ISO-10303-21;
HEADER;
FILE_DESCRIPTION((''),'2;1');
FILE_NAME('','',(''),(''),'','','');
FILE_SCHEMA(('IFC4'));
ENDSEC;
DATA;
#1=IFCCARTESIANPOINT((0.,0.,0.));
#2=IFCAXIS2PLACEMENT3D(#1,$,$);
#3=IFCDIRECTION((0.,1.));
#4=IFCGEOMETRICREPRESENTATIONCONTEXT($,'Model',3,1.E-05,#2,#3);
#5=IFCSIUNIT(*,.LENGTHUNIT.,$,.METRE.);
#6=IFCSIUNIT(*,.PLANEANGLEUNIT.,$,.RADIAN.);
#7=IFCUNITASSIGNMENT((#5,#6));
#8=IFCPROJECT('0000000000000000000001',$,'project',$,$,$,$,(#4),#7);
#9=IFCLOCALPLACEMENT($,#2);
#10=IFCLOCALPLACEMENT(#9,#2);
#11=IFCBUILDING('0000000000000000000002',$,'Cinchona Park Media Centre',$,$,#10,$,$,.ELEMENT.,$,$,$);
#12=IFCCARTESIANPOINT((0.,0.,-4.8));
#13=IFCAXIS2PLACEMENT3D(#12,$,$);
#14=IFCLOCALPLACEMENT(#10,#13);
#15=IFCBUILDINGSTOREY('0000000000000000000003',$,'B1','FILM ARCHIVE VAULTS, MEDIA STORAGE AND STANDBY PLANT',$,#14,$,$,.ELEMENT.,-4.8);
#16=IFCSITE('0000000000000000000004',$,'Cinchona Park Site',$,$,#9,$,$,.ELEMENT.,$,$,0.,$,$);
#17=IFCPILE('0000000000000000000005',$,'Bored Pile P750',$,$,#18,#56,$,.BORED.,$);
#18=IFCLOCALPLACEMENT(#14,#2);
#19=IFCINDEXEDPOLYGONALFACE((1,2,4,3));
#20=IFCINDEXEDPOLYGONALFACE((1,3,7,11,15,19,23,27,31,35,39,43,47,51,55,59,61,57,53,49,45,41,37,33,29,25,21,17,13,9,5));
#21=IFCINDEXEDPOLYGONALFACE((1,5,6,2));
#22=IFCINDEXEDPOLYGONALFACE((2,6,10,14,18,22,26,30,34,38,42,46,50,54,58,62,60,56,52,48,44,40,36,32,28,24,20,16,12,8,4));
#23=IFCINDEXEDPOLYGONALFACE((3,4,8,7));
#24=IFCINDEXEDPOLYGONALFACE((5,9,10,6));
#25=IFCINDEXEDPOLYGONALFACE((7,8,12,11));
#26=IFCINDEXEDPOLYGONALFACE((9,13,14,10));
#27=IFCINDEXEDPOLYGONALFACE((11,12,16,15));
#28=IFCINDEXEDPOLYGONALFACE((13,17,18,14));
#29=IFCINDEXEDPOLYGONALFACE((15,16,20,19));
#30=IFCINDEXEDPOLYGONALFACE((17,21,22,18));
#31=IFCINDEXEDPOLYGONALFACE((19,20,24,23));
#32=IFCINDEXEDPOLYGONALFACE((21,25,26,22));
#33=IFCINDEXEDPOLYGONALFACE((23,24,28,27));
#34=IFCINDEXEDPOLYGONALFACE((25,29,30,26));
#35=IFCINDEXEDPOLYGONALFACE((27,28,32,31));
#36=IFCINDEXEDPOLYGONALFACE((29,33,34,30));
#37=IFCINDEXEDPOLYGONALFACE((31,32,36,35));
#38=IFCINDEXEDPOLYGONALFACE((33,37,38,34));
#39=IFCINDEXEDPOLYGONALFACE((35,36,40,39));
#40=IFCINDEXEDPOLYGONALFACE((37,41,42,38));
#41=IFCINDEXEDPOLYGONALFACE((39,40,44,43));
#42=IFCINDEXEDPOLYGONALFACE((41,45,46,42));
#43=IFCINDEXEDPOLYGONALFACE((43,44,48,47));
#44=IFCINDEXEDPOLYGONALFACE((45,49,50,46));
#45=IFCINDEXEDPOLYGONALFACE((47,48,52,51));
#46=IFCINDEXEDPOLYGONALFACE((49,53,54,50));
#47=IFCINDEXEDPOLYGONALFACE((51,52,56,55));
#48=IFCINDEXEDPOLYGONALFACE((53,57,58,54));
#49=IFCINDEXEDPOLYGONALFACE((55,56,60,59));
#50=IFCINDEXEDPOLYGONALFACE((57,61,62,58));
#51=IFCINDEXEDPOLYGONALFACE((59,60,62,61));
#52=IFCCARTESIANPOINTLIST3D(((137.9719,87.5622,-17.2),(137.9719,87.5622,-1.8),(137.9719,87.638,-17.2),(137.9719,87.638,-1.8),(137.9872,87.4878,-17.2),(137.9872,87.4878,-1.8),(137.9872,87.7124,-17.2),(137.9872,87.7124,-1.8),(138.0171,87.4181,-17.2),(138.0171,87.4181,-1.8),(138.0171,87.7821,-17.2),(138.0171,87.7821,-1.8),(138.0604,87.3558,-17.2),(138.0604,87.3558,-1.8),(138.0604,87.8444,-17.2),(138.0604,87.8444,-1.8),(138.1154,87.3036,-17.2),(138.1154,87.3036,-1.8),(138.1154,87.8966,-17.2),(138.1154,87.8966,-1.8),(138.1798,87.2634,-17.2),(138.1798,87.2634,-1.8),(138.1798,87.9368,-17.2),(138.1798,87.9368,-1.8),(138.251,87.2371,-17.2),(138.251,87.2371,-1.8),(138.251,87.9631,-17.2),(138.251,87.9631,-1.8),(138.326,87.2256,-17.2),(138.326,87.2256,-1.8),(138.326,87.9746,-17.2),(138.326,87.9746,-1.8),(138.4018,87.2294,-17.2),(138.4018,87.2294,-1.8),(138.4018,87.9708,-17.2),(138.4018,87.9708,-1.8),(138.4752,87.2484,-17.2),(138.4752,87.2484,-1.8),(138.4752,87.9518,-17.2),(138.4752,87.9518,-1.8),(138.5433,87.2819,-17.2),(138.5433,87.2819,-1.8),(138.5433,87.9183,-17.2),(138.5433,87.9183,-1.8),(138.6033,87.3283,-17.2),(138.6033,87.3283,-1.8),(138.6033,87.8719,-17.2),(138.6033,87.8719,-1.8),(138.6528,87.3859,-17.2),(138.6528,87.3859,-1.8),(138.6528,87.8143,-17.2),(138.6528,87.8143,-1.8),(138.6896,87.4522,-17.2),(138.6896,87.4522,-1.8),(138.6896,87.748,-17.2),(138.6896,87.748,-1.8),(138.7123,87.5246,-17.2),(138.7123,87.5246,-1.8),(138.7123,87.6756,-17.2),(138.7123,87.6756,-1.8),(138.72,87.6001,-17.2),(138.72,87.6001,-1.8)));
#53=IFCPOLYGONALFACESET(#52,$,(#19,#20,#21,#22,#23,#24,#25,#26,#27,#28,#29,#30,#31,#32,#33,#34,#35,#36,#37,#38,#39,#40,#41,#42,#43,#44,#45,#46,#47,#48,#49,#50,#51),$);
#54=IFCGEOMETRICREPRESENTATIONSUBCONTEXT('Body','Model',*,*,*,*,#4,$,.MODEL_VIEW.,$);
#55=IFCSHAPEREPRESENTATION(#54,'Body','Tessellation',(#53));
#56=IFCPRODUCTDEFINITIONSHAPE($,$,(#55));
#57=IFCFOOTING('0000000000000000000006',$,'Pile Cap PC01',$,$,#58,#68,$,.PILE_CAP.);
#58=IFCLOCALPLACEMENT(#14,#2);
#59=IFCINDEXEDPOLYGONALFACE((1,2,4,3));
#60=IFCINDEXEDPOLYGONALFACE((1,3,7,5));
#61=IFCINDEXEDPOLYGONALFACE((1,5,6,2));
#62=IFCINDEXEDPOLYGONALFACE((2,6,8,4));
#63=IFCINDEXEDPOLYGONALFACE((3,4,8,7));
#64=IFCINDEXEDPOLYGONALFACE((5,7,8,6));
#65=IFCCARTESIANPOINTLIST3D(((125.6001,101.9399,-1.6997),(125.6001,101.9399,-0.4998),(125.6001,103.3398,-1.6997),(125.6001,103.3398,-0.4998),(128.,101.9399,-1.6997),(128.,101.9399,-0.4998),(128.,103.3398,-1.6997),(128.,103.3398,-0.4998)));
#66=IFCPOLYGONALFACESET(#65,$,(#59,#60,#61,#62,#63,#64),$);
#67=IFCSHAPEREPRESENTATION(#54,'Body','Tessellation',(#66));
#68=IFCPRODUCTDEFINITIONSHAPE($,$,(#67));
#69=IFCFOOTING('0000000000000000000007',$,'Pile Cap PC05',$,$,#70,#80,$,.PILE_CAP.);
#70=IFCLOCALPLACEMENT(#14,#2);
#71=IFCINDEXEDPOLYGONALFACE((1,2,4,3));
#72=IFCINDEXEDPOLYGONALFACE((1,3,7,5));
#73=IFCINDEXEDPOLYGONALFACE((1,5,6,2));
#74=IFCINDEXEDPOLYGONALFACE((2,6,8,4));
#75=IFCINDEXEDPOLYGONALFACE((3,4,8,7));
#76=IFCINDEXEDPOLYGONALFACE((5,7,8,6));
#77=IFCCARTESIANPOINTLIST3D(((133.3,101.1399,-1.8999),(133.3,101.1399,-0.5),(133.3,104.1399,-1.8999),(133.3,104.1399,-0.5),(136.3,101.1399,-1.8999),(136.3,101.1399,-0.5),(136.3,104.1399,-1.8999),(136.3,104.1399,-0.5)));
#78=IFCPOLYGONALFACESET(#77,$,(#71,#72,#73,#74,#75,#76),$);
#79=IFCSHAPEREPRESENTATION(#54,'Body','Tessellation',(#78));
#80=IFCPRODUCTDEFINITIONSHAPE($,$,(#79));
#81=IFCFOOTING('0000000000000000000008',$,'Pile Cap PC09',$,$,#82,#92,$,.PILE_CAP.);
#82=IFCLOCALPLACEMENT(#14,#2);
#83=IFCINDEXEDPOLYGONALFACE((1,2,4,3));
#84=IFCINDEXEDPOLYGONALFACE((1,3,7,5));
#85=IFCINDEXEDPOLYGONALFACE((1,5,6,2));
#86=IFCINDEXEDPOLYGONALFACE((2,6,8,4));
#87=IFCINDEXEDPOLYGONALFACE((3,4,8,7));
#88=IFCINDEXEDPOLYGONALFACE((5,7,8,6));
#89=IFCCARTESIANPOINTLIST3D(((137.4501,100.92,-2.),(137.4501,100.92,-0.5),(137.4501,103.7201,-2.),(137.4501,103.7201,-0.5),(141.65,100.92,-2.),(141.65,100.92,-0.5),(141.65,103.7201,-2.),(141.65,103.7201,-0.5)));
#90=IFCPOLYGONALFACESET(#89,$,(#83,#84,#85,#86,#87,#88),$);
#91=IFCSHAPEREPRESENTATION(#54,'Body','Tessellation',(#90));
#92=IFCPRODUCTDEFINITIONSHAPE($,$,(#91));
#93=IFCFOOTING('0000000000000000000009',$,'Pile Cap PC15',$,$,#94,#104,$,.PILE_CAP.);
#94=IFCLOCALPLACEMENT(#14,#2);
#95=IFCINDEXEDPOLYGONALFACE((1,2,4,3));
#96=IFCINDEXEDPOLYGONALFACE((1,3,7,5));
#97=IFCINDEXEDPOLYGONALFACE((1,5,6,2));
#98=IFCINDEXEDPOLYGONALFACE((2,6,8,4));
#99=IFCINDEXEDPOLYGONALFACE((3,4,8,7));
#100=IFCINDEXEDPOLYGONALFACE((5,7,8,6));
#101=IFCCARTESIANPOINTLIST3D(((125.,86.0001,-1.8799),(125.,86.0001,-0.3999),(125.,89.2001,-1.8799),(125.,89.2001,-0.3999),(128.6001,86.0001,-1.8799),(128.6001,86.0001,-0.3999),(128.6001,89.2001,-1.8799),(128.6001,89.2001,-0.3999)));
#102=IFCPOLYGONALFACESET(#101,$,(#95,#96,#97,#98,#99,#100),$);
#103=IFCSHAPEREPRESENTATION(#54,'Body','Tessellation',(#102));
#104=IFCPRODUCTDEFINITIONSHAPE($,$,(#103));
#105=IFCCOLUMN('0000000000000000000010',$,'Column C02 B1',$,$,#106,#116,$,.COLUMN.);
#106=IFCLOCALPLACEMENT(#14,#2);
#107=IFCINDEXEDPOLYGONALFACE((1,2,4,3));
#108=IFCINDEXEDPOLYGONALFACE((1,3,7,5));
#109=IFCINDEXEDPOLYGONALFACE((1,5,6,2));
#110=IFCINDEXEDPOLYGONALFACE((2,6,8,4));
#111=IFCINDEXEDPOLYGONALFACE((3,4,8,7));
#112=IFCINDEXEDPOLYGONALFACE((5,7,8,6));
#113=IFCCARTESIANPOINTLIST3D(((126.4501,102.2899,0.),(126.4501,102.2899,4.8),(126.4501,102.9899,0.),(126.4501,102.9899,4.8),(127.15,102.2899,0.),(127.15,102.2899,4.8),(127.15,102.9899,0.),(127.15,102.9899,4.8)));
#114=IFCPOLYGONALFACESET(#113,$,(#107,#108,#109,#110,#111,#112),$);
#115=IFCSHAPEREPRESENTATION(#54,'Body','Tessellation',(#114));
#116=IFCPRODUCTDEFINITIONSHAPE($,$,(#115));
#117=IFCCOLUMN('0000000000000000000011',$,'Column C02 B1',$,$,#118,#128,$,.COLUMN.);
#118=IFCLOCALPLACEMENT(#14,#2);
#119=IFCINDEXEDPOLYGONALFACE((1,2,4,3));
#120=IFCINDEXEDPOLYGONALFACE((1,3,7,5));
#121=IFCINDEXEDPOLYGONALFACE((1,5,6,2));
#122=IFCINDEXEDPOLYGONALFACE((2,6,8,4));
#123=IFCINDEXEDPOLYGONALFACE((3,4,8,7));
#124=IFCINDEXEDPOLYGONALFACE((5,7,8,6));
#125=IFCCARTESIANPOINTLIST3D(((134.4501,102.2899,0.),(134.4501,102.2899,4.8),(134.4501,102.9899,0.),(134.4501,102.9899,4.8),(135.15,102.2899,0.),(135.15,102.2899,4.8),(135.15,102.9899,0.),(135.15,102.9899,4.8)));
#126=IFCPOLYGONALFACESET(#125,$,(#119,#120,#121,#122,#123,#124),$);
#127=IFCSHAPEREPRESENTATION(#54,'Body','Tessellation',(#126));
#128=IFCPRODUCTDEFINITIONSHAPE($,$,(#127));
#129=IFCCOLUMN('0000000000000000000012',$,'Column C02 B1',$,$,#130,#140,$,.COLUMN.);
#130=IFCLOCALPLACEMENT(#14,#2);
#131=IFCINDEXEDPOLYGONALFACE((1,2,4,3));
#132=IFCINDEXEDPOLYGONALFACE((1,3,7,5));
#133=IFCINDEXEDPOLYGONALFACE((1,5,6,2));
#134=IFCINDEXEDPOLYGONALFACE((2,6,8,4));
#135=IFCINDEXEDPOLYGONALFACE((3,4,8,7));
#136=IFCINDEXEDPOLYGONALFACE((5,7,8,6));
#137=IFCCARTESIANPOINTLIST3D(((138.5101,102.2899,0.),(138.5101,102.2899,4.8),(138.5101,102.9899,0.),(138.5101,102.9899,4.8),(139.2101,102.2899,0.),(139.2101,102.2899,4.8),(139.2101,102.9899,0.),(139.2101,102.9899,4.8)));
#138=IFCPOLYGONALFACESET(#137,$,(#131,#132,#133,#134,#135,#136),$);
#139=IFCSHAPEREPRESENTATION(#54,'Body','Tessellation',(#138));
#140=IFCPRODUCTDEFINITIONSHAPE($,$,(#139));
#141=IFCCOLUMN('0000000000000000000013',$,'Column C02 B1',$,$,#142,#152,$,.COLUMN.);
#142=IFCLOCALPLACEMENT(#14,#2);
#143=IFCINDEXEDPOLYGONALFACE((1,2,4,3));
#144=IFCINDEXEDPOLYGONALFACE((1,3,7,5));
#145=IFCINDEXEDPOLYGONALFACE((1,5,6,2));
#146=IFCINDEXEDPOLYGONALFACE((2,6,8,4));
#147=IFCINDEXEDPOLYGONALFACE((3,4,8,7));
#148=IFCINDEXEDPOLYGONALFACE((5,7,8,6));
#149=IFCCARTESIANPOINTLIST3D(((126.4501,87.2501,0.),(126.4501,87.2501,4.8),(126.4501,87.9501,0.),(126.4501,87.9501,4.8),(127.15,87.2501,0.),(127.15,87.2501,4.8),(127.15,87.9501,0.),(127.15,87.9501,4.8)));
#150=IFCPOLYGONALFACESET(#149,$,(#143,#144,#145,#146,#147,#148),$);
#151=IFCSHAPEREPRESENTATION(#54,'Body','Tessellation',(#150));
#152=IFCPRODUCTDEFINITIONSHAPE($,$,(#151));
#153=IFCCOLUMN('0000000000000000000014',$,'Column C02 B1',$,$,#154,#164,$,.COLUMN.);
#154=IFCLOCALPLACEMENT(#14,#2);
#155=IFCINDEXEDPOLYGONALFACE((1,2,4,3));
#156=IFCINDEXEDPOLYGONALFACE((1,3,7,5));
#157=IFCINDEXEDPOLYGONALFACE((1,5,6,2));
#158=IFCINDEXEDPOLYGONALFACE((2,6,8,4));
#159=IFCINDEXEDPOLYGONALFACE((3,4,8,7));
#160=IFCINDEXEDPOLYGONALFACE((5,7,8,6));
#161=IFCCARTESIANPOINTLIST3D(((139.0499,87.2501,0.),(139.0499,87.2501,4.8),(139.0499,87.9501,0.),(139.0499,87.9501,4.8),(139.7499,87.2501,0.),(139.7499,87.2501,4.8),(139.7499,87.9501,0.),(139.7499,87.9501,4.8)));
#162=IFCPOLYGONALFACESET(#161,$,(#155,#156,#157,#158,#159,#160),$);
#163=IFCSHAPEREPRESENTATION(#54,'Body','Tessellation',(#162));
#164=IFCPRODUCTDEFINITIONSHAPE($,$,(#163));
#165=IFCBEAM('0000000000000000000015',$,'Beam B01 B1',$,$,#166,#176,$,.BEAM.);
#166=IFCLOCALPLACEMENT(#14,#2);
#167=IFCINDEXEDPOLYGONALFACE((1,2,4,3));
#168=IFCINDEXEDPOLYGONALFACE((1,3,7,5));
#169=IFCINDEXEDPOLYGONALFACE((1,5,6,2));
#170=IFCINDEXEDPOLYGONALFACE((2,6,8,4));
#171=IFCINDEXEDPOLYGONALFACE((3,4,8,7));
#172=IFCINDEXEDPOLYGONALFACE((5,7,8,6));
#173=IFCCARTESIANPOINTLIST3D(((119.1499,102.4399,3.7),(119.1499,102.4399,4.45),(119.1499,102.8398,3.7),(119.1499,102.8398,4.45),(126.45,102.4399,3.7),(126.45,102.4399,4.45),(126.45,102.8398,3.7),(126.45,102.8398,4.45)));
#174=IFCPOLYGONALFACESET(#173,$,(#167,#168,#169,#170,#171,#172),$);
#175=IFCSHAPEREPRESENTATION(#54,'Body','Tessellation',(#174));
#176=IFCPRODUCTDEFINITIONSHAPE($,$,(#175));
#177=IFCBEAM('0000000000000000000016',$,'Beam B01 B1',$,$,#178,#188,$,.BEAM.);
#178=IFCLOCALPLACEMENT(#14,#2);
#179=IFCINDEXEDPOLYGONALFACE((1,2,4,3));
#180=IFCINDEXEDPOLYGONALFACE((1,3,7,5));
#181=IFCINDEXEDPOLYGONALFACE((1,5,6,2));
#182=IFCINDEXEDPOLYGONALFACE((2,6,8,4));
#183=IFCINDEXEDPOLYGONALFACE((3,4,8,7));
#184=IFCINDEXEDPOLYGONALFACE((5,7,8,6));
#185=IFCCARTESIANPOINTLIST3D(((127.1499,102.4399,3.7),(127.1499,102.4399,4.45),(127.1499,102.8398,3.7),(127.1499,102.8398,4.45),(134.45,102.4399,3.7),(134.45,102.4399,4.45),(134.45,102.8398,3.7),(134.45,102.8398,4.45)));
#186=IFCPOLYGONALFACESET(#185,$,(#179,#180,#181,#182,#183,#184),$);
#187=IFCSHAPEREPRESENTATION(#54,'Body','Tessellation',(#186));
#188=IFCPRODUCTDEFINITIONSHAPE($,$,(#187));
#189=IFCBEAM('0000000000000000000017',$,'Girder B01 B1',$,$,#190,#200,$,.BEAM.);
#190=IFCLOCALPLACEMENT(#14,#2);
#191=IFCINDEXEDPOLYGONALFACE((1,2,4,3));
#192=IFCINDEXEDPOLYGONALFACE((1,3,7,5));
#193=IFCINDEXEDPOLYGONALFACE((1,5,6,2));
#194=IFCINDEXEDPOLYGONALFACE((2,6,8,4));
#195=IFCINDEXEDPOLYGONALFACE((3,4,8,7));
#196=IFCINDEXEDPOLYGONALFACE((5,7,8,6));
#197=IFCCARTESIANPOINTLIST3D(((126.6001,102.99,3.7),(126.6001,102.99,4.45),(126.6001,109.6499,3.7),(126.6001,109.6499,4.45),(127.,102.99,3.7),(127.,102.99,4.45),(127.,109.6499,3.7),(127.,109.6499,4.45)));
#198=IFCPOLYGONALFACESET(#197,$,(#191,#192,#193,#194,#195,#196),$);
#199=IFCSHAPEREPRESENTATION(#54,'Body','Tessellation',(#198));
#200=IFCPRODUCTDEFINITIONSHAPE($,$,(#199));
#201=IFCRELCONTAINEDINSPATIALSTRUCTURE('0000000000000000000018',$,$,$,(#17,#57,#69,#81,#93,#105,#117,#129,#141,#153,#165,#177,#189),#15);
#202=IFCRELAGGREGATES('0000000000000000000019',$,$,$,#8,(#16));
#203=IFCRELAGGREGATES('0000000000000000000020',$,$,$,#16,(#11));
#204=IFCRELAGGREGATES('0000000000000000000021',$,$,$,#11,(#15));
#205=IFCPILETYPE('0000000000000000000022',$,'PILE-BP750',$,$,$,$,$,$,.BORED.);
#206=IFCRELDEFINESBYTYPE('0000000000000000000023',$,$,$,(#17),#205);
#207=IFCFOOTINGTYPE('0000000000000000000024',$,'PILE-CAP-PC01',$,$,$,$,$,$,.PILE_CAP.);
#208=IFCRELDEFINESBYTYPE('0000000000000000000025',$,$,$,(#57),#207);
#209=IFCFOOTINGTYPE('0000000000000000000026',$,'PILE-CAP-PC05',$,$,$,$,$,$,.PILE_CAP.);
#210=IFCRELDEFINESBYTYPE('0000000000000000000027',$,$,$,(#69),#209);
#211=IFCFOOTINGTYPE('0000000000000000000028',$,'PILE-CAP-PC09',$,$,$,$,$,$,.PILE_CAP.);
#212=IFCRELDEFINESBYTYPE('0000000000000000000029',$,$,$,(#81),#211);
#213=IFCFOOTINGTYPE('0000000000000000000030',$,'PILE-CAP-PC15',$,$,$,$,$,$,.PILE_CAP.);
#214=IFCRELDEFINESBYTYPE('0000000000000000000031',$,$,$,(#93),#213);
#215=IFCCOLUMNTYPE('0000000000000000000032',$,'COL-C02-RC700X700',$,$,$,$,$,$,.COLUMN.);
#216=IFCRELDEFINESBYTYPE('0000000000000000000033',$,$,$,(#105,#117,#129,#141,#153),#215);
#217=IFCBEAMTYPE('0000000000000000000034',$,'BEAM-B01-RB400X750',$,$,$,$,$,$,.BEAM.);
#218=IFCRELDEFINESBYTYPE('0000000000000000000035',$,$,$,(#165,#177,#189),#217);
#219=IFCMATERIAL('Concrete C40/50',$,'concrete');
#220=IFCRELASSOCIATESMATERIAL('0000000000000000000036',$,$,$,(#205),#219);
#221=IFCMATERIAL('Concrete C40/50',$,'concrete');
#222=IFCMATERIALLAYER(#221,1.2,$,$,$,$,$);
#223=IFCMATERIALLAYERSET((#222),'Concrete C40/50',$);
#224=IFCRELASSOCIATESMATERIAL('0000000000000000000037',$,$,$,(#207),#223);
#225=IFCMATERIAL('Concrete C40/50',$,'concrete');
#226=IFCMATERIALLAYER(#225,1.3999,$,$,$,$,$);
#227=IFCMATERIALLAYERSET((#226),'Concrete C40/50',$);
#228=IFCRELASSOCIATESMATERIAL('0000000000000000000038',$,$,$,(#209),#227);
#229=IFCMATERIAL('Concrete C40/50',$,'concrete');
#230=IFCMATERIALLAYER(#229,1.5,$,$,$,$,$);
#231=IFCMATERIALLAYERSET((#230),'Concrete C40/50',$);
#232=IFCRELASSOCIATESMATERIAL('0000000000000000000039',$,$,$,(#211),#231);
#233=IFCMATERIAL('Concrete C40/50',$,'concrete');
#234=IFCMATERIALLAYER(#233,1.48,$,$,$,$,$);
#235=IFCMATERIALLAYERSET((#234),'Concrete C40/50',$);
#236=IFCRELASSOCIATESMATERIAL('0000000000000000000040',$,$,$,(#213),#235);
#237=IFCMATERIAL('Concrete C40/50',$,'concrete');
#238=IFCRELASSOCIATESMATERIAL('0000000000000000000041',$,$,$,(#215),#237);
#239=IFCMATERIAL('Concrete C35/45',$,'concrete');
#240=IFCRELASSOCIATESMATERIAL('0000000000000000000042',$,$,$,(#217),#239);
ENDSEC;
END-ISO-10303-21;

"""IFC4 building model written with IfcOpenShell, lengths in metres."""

from ifc_helpers import new_model, si_unit, direction, frame, origin, origin_2d, place, context, subcontext, project, spatial, rectangle, circle, extrude, material, layer, layer_set, material_profile, profile_set, type_object, element, save


model = new_model("IFC4")

# Units and contexts
model_context = context("Model", 3, precision=1e-05, world=origin(), true_north=direction((0.0, 1.0)))
body_context = subcontext(model_context, "Body", "Model", "MODEL_VIEW")
ifc_project = project(units=[si_unit("LENGTHUNIT", "METRE"), si_unit("PLANEANGLEUNIT", "RADIAN")], contexts=[model_context])

# Site, building, storey
site_placement = place(None, origin())
site = spatial("IfcSite", under=ifc_project, at=site_placement, Name="Cinchona Park Site", CompositionType="ELEMENT", RefElevation=0.0)
building_placement = place(site_placement, origin())
building = spatial("IfcBuilding", under=site, at=building_placement, Name="Cinchona Park Media Centre", CompositionType="ELEMENT")
storey_placement = place(building_placement, frame((0.0, 0.0, -4.8)))
storey = spatial("IfcBuildingStorey", under=building, at=storey_placement, Name="B1", Description="FILM ARCHIVE VAULTS, MEDIA STORAGE AND STANDBY PLANT", CompositionType="ELEMENT", Elevation=-4.8)

# Pile
ifc_material_1 = material(Name="Concrete C40/50", Category="concrete")
ifc_material_profile_1 = material_profile(ifc_material_1, circle(Radius=0.375, at=origin_2d()), Name="BORED PILE 750")
ifc_profile_set_1 = profile_set([ifc_material_profile_1], Name="Concrete C40/50")
pile_type_1 = type_object("IfcPileType", Name="PILE-BP750", PredefinedType="BORED", material=ifc_profile_set_1)
for number, where, z_axis, x_axis, name in (
    (1, (138.345, 87.6001, -1.8), (0.0, 0.0, -1.0), (1.0, 0.0, 0.0), "Bored Pile P750"),
):
    element("IfcPile", number, at=place(storey_placement, frame(where, z_axis=z_axis, x_axis=x_axis)), inside=storey, type_object=pile_type_1, Name=name, PredefinedType="BORED", context=body_context, shape_type="SweptSolid", body=[
        extrude(circle(Radius=0.375, at=origin_2d()), origin(), (0.0, 0.0, 1.0), 15.3999),
    ])

# Footings
ifc_material_2 = material(Name="Concrete C40/50", Category="concrete")
ifc_layer_1 = layer(ifc_material_2, 1.2)
ifc_layer_set_1 = layer_set([ifc_layer_1], Name="Concrete C40/50")
footing_type_1 = type_object("IfcFootingType", Name="PILE-CAP-PC01", PredefinedType="PILE_CAP", material=ifc_layer_set_1)
footing_1_placement = place(storey_placement, frame((126.8, 102.6399, -1.6997), z_axis=(0.0, 0.0, 1.0), x_axis=(1.0, 0.0, 0.0)))
element("IfcFooting", 2, at=footing_1_placement, inside=storey, type_object=footing_type_1, Name="Pile Cap PC01", PredefinedType="PILE_CAP", context=body_context, shape_type="SweptSolid", body=[
    extrude(rectangle(XDim=2.3999, YDim=1.3999, at=origin_2d()), origin(), (0.0, 0.0, 1.0), 1.2),
])
ifc_material_3 = material(Name="Concrete C40/50", Category="concrete")
ifc_layer_2 = layer(ifc_material_3, 1.3999)
ifc_layer_set_2 = layer_set([ifc_layer_2], Name="Concrete C40/50")
footing_type_2 = type_object("IfcFootingType", Name="PILE-CAP-PC05", PredefinedType="PILE_CAP", material=ifc_layer_set_2)
footing_2_placement = place(storey_placement, frame((134.8, 102.6399, -1.8999), z_axis=(0.0, 0.0, 1.0), x_axis=(1.0, 0.0, 0.0)))
element("IfcFooting", 3, at=footing_2_placement, inside=storey, type_object=footing_type_2, Name="Pile Cap PC05", PredefinedType="PILE_CAP", context=body_context, shape_type="SweptSolid", body=[
    extrude(rectangle(XDim=3.0, YDim=3.0, at=origin_2d()), origin(), (0.0, 0.0, 1.0), 1.3999),
])
ifc_material_4 = material(Name="Concrete C40/50", Category="concrete")
ifc_layer_3 = layer(ifc_material_4, 1.5)
ifc_layer_set_3 = layer_set([ifc_layer_3], Name="Concrete C40/50")
footing_type_3 = type_object("IfcFootingType", Name="PILE-CAP-PC09", PredefinedType="PILE_CAP", material=ifc_layer_set_3)
footing_3_placement = place(storey_placement, frame((139.55, 102.3201, -2.0), z_axis=(0.0, 0.0, 1.0), x_axis=(1.0, 0.0, 0.0)))
element("IfcFooting", 4, at=footing_3_placement, inside=storey, type_object=footing_type_3, Name="Pile Cap PC09", PredefinedType="PILE_CAP", context=body_context, shape_type="SweptSolid", body=[
    extrude(rectangle(XDim=4.2, YDim=2.8, at=origin_2d()), origin(), (0.0, 0.0, 1.0), 1.5),
])
ifc_material_5 = material(Name="Concrete C40/50", Category="concrete")
ifc_layer_4 = layer(ifc_material_5, 1.48)
ifc_layer_set_4 = layer_set([ifc_layer_4], Name="Concrete C40/50")
footing_type_4 = type_object("IfcFootingType", Name="PILE-CAP-PC15", PredefinedType="PILE_CAP", material=ifc_layer_set_4)
footing_4_placement = place(storey_placement, frame((126.8, 87.6001, -1.8799), z_axis=(0.0, 0.0, 1.0), x_axis=(1.0, 0.0, 0.0)))
element("IfcFooting", 5, at=footing_4_placement, inside=storey, type_object=footing_type_4, Name="Pile Cap PC15", PredefinedType="PILE_CAP", context=body_context, shape_type="SweptSolid", body=[
    extrude(rectangle(XDim=3.6001, YDim=3.2, at=origin_2d()), origin(), (0.0, 0.0, 1.0), 1.48),
])

# Columns
ifc_material_6 = material(Name="Concrete C40/50", Category="concrete")
ifc_material_profile_2 = material_profile(ifc_material_6, rectangle(XDim=0.7, YDim=0.7, at=origin_2d()), Name="RC 700X700")
ifc_profile_set_2 = profile_set([ifc_material_profile_2], Name="Concrete C40/50")
column_type = type_object("IfcColumnType", Name="COL-C02-RC700X700", PredefinedType="COLUMN", material=ifc_profile_set_2)
for number, where, z_axis, x_axis, name in (
    (6, (126.8, 102.6399, 0.0), (0.0, 0.0, 1.0), (1.0, 0.0, 0.0), "Column C02 B1"),
    (7, (134.8, 102.6399, 0.0), (0.0, 0.0, 1.0), (1.0, 0.0, 0.0), "Column C02 B1"),
    (8, (138.8601, 102.6399, 0.0), (0.0, 0.0, 1.0), (1.0, 0.0, 0.0), "Column C02 B1"),
    (9, (126.8, 87.6001, 0.0), (0.0, 0.0, 1.0), (1.0, 0.0, 0.0), "Column C02 B1"),
    (10, (139.3999, 87.6001, 0.0), (0.0, 0.0, 1.0), (1.0, 0.0, 0.0), "Column C02 B1"),
):
    element("IfcColumn", number, at=place(storey_placement, frame(where, z_axis=z_axis, x_axis=x_axis)), inside=storey, type_object=column_type, Name=name, PredefinedType="COLUMN", context=body_context, shape_type="SweptSolid", body=[
        extrude(rectangle(XDim=0.7, YDim=0.7, at=origin_2d()), origin(), (0.0, 0.0, 1.0), 4.8),
    ])

# Beams
ifc_material_7 = material(Name="Concrete C35/45", Category="concrete")
ifc_material_profile_3 = material_profile(ifc_material_7, rectangle(XDim=0.3999, YDim=0.75, at=origin_2d()), Name="RB 400X750")
ifc_profile_set_3 = profile_set([ifc_material_profile_3], Name="Concrete C35/45")
beam_type_1 = type_object("IfcBeamType", Name="BEAM-B01-RB400X750", PredefinedType="BEAM", material=ifc_profile_set_3)
for number, where, z_axis, x_axis, name in (
    (11, (119.1499, 102.6399, 4.075), (1.0, 0.0, 0.0), (0.0, 1.0, 0.0), "Beam B01 B1"),
    (12, (127.1499, 102.6399, 4.075), (1.0, 0.0, 0.0), (0.0, 1.0, 0.0), "Beam B01 B1"),
):
    element("IfcBeam", number, at=place(storey_placement, frame(where, z_axis=z_axis, x_axis=x_axis)), inside=storey, type_object=beam_type_1, Name=name, PredefinedType="BEAM", context=body_context, shape_type="SweptSolid", body=[
        extrude(rectangle(XDim=0.3999, YDim=0.75, at=origin_2d()), origin(), (0.0, 0.0, 1.0), 7.3),
    ])
for number, where, z_axis, x_axis, name in (
    (13, (126.8, 102.99, 4.075), (0.0, 1.0, 0.0), (-1.0, 0.0, 0.0), "Girder B01 B1"),
):
    element("IfcBeam", number, at=place(storey_placement, frame(where, z_axis=z_axis, x_axis=x_axis)), inside=storey, type_object=beam_type_1, Name=name, PredefinedType="BEAM", context=body_context, shape_type="SweptSolid", body=[
        extrude(rectangle(XDim=0.3999, YDim=0.75, at=origin_2d()), origin(), (0.0, 0.0, 1.0), 6.6599),
    ])

save(model, "model.ifc")
